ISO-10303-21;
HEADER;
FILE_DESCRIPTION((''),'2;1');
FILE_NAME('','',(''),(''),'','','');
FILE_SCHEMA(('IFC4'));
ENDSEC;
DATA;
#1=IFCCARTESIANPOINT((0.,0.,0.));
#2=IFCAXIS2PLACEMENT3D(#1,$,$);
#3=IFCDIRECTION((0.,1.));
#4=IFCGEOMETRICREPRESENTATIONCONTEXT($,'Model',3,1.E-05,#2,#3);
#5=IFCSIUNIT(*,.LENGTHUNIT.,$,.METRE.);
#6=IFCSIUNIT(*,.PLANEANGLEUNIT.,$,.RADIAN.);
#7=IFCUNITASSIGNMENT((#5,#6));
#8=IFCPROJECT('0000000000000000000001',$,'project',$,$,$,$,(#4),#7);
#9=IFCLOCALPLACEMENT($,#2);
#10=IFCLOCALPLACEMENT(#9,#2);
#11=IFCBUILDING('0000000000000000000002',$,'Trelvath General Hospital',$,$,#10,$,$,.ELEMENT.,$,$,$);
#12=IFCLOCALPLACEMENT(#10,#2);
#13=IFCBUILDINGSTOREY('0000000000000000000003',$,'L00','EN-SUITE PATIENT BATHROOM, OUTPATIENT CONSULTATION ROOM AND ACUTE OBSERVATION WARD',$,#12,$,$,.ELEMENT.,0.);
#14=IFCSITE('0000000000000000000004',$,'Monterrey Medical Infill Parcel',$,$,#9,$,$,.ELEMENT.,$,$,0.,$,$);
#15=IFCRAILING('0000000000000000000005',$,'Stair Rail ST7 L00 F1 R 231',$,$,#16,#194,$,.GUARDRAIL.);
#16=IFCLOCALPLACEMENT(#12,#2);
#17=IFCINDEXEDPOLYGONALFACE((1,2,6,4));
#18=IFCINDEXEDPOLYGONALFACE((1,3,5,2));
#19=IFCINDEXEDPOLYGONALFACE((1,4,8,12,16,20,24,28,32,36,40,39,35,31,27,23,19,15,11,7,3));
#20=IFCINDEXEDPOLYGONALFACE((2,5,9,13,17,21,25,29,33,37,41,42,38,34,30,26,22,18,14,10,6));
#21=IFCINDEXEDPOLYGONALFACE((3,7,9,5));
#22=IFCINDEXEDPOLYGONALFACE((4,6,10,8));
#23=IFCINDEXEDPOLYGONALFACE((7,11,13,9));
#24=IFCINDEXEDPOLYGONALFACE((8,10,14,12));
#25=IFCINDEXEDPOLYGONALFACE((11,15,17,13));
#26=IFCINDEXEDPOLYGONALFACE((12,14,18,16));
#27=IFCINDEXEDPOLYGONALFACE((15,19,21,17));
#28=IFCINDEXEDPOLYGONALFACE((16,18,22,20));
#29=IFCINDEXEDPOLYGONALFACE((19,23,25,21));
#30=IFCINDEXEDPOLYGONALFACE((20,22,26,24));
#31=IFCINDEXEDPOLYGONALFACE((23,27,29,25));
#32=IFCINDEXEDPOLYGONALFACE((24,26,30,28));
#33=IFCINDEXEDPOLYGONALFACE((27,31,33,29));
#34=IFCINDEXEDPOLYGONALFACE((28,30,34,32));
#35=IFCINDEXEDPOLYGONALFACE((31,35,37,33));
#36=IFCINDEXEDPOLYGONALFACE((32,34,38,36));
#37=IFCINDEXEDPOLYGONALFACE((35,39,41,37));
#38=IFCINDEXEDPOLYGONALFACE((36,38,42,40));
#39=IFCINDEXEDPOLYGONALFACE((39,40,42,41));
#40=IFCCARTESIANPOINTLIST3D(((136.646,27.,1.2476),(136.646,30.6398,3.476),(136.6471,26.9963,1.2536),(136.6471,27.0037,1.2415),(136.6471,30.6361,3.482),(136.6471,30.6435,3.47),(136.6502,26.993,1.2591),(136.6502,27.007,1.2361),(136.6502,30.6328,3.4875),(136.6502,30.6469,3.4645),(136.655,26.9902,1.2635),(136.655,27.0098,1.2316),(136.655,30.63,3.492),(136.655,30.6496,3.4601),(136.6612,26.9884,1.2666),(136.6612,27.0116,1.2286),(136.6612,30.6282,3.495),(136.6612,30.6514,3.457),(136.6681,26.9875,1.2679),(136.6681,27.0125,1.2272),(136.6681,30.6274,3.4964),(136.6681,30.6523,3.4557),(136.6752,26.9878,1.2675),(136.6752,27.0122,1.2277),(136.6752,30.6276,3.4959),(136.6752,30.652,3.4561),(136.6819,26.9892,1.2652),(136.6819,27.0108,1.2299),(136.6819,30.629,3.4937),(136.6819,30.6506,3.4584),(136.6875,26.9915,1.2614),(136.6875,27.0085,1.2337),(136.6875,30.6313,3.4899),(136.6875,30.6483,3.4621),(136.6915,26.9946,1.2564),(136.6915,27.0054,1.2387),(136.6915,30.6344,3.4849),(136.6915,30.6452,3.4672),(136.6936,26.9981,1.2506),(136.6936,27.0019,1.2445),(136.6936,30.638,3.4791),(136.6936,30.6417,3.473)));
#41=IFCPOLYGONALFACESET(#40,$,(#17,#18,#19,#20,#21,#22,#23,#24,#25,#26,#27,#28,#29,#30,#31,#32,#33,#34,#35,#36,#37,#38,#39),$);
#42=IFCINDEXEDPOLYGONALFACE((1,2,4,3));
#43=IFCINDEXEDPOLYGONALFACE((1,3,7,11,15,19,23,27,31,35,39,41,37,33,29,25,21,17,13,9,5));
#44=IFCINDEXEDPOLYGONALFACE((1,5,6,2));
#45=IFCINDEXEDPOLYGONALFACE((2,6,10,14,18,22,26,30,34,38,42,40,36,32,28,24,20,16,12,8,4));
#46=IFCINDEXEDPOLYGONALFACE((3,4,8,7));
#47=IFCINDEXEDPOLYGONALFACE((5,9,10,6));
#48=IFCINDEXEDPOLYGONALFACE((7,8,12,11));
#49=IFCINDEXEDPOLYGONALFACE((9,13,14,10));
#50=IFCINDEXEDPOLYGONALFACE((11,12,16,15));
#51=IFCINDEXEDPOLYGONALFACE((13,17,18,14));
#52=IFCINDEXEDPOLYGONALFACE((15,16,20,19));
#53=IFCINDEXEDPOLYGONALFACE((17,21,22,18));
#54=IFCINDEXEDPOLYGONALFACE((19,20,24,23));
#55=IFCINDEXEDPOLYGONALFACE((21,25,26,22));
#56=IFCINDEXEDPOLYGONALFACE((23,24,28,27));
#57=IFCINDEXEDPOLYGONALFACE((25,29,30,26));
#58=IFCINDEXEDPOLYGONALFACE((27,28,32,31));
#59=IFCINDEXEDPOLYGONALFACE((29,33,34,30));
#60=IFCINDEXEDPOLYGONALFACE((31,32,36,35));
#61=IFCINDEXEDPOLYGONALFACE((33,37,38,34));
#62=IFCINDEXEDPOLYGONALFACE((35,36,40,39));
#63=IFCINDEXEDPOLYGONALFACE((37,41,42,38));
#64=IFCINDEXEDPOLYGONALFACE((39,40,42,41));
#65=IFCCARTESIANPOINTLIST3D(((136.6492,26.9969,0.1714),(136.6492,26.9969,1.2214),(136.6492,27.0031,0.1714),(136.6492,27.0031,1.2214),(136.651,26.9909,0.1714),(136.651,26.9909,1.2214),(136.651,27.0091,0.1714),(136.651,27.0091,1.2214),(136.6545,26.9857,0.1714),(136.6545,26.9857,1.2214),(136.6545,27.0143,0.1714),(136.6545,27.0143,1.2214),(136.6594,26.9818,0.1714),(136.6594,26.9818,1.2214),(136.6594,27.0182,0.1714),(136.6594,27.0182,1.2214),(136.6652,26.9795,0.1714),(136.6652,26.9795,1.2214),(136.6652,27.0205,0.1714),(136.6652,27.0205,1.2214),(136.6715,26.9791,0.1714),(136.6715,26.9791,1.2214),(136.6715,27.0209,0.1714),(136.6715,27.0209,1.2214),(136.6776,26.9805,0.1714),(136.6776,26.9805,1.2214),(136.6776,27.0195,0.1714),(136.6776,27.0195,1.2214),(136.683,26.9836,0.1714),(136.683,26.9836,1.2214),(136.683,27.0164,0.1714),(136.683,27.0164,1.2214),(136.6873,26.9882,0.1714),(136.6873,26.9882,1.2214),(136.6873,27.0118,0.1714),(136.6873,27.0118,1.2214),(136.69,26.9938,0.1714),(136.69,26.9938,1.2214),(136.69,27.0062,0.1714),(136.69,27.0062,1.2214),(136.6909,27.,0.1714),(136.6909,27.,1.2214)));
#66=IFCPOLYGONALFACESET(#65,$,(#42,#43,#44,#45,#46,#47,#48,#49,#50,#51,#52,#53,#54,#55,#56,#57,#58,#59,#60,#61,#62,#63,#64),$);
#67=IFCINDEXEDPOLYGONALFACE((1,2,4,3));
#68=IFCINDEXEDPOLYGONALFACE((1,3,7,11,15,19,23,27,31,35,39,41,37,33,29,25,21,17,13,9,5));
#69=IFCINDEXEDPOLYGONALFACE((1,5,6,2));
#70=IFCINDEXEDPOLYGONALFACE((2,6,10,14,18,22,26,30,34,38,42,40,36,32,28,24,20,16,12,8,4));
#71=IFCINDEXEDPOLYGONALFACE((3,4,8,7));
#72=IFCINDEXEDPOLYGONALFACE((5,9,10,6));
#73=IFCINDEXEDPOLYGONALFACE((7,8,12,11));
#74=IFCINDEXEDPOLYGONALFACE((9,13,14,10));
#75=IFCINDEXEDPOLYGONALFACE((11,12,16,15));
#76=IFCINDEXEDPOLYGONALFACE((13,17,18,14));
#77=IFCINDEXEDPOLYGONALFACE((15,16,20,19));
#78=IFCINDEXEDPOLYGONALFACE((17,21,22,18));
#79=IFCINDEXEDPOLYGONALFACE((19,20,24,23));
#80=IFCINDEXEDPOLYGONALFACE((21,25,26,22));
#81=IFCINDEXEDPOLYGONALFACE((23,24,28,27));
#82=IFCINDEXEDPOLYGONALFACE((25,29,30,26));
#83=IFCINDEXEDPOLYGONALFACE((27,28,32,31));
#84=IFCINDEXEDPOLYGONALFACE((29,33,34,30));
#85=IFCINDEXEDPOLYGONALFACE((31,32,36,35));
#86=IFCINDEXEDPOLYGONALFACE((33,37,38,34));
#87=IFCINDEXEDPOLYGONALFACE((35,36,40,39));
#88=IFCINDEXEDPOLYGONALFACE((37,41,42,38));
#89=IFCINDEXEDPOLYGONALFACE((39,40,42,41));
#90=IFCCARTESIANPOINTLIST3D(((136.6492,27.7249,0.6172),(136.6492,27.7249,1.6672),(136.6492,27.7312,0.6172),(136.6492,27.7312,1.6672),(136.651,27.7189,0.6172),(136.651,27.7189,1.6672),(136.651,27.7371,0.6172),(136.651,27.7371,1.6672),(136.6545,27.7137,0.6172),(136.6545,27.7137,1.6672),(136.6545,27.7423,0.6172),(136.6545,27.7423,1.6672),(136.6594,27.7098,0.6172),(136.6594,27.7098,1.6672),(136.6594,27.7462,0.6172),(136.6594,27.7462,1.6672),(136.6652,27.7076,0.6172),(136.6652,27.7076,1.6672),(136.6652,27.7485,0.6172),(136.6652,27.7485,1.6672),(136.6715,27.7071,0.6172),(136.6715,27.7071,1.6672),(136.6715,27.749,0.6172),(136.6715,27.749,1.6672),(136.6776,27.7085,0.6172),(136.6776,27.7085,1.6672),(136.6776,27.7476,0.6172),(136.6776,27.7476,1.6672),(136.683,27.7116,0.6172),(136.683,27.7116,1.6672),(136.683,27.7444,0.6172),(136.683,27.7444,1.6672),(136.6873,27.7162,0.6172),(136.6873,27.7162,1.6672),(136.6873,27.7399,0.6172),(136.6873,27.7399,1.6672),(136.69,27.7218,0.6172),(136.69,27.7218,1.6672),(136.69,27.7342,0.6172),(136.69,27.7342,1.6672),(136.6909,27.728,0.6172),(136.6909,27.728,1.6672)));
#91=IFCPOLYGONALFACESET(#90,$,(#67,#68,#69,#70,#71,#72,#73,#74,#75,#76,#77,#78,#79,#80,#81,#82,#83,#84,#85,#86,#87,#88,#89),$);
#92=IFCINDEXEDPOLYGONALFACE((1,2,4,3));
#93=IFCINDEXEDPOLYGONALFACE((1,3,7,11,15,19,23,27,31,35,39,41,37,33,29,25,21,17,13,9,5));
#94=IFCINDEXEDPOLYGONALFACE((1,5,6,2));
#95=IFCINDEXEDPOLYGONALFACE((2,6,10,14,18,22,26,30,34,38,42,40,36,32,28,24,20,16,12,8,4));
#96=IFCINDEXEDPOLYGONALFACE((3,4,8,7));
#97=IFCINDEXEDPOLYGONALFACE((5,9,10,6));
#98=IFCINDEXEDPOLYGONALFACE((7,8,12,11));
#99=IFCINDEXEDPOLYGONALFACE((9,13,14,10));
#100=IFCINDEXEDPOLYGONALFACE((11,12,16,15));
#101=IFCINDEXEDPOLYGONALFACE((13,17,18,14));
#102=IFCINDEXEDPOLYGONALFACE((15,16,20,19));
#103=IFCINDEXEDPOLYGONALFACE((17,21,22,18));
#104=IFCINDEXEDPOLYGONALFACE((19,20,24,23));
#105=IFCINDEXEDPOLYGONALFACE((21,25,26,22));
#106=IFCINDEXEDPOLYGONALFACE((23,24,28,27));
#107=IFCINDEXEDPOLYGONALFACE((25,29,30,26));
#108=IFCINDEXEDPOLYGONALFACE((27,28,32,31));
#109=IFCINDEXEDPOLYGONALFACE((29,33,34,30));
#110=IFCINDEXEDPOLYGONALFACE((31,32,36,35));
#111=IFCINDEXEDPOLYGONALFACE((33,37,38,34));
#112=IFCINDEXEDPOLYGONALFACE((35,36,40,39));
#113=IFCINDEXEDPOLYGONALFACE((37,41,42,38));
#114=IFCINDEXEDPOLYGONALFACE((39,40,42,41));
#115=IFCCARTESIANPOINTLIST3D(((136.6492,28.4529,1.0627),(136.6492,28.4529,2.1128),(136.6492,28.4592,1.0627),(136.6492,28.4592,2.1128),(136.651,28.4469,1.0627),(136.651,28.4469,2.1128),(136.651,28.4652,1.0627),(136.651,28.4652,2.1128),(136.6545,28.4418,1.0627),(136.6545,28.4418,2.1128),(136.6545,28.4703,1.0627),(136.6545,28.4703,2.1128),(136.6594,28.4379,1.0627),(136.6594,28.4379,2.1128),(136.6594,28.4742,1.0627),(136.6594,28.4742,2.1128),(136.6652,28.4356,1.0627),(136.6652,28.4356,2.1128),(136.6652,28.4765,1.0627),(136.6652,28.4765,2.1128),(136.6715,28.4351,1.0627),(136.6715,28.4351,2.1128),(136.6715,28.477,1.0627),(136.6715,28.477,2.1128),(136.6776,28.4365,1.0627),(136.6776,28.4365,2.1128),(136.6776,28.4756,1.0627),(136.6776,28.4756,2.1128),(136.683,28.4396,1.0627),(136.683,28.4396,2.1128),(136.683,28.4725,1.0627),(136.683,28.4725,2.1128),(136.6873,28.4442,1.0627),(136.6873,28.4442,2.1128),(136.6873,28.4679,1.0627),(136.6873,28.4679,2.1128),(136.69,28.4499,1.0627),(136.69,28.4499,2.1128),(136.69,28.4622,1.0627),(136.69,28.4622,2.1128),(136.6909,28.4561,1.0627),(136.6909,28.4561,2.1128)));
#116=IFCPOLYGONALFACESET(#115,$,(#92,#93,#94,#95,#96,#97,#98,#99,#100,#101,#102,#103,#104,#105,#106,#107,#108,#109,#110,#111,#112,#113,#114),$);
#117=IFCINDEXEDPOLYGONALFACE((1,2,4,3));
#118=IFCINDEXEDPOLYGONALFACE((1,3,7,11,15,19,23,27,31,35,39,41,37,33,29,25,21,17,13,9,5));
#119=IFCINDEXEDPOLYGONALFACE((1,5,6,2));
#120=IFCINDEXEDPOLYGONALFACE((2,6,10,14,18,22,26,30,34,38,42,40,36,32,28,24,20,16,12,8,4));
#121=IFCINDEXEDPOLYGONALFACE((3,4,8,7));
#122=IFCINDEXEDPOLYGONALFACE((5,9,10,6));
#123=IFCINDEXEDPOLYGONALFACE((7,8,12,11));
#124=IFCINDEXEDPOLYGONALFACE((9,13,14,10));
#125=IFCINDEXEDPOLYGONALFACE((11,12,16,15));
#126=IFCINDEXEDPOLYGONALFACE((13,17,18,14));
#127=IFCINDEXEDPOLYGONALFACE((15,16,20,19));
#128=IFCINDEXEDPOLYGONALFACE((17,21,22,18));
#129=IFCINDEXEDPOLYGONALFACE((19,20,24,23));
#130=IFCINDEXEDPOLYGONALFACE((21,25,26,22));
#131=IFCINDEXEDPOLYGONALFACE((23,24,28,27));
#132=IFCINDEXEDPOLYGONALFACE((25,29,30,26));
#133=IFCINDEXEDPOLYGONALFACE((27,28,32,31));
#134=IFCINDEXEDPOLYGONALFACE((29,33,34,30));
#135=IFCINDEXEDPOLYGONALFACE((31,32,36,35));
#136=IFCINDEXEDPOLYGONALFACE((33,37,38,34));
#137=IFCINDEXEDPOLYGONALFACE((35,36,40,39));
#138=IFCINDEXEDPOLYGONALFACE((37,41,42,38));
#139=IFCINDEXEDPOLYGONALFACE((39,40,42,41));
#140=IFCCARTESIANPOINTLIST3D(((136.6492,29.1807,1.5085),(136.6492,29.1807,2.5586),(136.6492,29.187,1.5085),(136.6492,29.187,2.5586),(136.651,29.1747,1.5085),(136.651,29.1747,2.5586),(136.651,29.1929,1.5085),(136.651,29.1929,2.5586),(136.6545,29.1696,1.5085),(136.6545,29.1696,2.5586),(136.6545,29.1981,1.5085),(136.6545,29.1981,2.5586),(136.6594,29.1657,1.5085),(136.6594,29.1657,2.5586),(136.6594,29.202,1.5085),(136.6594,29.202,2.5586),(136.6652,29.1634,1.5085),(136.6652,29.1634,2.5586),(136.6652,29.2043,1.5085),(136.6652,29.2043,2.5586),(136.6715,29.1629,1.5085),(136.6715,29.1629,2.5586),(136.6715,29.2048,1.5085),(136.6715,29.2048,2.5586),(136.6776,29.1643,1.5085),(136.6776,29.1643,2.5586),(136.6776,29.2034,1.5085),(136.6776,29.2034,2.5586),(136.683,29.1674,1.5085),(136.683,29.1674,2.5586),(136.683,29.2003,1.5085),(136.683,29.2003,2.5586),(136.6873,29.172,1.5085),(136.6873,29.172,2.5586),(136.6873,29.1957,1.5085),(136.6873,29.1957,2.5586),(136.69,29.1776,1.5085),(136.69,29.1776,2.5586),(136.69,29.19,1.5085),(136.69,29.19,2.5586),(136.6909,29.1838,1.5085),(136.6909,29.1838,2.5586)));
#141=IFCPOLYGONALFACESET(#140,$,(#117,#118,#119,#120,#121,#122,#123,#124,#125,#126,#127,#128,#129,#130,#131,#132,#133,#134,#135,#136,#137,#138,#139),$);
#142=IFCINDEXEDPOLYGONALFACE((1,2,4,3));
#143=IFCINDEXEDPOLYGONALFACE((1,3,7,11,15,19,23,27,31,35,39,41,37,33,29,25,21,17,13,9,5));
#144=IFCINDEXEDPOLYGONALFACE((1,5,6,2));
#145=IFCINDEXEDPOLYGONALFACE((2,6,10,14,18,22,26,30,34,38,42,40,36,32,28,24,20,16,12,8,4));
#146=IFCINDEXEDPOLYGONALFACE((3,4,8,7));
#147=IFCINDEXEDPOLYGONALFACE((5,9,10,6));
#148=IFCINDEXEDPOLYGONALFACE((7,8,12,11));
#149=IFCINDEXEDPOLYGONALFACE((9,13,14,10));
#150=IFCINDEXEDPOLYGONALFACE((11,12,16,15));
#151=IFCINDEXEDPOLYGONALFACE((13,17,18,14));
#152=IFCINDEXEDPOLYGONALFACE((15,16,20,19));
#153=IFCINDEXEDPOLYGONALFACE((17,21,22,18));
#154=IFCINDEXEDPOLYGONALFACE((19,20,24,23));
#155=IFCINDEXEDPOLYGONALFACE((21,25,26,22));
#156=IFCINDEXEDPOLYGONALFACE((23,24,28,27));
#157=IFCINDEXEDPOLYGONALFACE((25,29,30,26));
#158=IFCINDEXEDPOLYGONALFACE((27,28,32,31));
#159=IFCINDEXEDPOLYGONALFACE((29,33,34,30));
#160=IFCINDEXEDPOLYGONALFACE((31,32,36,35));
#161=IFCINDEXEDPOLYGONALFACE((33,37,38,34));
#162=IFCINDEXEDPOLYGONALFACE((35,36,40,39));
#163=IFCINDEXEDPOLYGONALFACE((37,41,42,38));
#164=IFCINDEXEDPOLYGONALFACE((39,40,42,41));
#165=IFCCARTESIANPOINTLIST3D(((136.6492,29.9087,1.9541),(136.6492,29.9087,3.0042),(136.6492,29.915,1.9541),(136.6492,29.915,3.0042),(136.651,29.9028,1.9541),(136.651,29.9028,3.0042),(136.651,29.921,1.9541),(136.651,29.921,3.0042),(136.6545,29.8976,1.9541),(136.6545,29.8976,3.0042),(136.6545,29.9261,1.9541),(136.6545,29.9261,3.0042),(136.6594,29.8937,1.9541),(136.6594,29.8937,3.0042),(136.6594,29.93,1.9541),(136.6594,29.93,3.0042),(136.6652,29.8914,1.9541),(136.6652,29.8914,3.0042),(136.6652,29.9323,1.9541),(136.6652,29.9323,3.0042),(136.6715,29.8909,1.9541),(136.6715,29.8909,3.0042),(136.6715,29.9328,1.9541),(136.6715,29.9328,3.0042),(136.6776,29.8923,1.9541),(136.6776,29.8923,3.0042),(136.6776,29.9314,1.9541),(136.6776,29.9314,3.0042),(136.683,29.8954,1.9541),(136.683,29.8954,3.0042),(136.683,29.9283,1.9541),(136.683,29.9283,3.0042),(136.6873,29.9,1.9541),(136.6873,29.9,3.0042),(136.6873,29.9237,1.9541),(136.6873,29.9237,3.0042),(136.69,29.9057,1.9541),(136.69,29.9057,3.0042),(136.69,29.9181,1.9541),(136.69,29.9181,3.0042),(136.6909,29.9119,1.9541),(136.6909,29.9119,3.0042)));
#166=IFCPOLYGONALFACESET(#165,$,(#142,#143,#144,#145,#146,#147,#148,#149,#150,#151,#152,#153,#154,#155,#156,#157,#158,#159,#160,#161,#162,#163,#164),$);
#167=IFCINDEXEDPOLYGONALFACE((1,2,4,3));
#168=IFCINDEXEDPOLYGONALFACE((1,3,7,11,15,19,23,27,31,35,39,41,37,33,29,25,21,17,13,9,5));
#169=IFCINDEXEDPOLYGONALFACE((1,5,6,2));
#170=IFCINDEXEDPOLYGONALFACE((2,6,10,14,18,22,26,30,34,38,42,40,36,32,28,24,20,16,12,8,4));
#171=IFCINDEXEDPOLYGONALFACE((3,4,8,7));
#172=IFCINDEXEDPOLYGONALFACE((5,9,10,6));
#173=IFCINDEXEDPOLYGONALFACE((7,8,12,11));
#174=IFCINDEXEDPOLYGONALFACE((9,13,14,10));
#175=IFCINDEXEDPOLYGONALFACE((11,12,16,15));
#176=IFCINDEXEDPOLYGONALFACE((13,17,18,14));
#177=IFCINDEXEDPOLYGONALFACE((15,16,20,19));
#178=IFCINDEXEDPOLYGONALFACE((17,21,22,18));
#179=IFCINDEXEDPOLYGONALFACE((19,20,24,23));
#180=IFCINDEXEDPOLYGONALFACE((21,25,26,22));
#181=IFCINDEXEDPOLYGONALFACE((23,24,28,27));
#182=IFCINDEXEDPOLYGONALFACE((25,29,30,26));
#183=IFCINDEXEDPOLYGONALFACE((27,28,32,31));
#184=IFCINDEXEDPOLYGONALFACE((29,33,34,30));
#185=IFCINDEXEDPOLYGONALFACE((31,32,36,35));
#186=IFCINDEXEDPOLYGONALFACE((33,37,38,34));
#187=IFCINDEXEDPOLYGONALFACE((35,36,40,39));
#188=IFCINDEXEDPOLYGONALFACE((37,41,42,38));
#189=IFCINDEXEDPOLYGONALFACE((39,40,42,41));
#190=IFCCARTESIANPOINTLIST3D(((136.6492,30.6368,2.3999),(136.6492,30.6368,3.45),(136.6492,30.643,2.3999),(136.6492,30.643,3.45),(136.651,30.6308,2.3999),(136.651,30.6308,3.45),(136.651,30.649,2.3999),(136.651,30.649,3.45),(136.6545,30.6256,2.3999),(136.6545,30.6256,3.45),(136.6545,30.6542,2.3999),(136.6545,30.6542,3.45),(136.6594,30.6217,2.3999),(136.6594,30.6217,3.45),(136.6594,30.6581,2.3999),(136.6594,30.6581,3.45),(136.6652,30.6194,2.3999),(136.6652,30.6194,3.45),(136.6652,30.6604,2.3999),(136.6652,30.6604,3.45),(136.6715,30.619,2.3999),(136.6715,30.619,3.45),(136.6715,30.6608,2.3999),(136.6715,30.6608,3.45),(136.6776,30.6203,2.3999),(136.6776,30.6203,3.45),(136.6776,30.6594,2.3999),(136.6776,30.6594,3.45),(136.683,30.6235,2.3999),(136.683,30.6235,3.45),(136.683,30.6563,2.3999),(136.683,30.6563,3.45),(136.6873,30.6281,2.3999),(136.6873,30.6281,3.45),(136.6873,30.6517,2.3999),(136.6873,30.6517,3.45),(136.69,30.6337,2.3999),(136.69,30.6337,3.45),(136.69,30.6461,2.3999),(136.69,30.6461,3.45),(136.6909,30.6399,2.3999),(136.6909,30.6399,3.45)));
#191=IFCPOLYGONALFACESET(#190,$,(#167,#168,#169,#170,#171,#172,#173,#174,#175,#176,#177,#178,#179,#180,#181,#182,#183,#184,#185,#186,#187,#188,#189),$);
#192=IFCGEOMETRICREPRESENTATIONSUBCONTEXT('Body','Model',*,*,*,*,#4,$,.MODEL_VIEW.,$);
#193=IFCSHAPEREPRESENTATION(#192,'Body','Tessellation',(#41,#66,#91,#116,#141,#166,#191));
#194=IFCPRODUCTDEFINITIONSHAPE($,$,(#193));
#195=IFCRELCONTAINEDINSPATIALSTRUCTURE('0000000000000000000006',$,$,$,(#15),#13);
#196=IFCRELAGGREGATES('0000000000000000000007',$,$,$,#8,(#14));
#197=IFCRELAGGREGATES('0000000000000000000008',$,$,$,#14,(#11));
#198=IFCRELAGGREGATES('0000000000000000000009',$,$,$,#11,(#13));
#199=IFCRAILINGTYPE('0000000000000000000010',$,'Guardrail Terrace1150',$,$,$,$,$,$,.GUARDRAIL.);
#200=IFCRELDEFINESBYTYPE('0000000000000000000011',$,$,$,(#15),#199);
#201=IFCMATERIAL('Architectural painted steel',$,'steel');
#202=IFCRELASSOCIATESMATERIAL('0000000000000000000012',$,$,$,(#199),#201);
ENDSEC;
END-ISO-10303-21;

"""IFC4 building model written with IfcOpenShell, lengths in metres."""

from ifc_helpers import new_model, si_unit, direction, frame, origin, origin_2d, place, context, subcontext, project, spatial, circle, extrude, material, type_object, element, save


model = new_model("IFC4")

# Units and contexts
model_context = context("Model", 3, precision=1e-05, world=origin(), true_north=direction((0.0, 1.0)))
body_context = subcontext(model_context, "Body", "Model", "MODEL_VIEW")
ifc_project = project(units=[si_unit("LENGTHUNIT", "METRE"), si_unit("PLANEANGLEUNIT", "RADIAN")], contexts=[model_context])

# Site, building, storey
site_placement = place(None, origin())
site = spatial("IfcSite", under=ifc_project, at=site_placement, Name="Monterrey Medical Infill Parcel", CompositionType="ELEMENT", RefElevation=0.0)
building_placement = place(site_placement, origin())
building = spatial("IfcBuilding", under=site, at=building_placement, Name="Trelvath General Hospital", CompositionType="ELEMENT")
storey_placement = place(building_placement, origin())
storey = spatial("IfcBuildingStorey", under=building, at=storey_placement, Name="L00", Description="EN-SUITE PATIENT BATHROOM, OUTPATIENT CONSULTATION ROOM AND ACUTE OBSERVATION WARD", CompositionType="ELEMENT", Elevation=0.0)

# Railing
ifc_material_1 = material(Name="Architectural painted steel", Category="steel")
railing_type_1 = type_object("IfcRailingType", Name="Guardrail Terrace1150", PredefinedType="GUARDRAIL", material=ifc_material_1)
railing_1_placement = place(storey_placement, frame((136.6699, 27.0, 0.1714)))
element("IfcRailing", 1, at=railing_1_placement, inside=storey, type_object=railing_type_1, Name="Stair Rail ST7 L00 F1 R 231", PredefinedType="GUARDRAIL", context=body_context, shape_type="SweptSolid", body=[
    extrude(circle(Radius=0.0239, at=origin_2d()), frame((0.0, 0.0, 1.0762), z_axis=(0.0, 0.85285, 0.522156), x_axis=(-1.0, 0.0, 0.0)), (0.0, 0.0, 1.0), 4.2678),
    extrude(circle(Radius=0.021, at=origin_2d()), origin(), (0.0, 0.0, 1.0), 1.05),
    extrude(circle(Radius=0.021, at=origin_2d()), frame((0.0, 0.728, 0.4458)), (0.0, 0.0, 1.0), 1.05),
    extrude(circle(Radius=0.021, at=origin_2d()), frame((0.0, 1.4561, 0.8914)), (0.0, 0.0, 1.0), 1.05),
    extrude(circle(Radius=0.021, at=origin_2d()), frame((0.0, 2.1838, 1.3372)), (0.0, 0.0, 1.0), 1.05),
    extrude(circle(Radius=0.021, at=origin_2d()), frame((0.0, 2.9119, 1.7827)), (0.0, 0.0, 1.0), 1.05),
    extrude(circle(Radius=0.021, at=origin_2d()), frame((0.0, 3.6399, 2.2285)), (0.0, 0.0, 1.0), 1.05),
])

save(model, "model.ifc")
